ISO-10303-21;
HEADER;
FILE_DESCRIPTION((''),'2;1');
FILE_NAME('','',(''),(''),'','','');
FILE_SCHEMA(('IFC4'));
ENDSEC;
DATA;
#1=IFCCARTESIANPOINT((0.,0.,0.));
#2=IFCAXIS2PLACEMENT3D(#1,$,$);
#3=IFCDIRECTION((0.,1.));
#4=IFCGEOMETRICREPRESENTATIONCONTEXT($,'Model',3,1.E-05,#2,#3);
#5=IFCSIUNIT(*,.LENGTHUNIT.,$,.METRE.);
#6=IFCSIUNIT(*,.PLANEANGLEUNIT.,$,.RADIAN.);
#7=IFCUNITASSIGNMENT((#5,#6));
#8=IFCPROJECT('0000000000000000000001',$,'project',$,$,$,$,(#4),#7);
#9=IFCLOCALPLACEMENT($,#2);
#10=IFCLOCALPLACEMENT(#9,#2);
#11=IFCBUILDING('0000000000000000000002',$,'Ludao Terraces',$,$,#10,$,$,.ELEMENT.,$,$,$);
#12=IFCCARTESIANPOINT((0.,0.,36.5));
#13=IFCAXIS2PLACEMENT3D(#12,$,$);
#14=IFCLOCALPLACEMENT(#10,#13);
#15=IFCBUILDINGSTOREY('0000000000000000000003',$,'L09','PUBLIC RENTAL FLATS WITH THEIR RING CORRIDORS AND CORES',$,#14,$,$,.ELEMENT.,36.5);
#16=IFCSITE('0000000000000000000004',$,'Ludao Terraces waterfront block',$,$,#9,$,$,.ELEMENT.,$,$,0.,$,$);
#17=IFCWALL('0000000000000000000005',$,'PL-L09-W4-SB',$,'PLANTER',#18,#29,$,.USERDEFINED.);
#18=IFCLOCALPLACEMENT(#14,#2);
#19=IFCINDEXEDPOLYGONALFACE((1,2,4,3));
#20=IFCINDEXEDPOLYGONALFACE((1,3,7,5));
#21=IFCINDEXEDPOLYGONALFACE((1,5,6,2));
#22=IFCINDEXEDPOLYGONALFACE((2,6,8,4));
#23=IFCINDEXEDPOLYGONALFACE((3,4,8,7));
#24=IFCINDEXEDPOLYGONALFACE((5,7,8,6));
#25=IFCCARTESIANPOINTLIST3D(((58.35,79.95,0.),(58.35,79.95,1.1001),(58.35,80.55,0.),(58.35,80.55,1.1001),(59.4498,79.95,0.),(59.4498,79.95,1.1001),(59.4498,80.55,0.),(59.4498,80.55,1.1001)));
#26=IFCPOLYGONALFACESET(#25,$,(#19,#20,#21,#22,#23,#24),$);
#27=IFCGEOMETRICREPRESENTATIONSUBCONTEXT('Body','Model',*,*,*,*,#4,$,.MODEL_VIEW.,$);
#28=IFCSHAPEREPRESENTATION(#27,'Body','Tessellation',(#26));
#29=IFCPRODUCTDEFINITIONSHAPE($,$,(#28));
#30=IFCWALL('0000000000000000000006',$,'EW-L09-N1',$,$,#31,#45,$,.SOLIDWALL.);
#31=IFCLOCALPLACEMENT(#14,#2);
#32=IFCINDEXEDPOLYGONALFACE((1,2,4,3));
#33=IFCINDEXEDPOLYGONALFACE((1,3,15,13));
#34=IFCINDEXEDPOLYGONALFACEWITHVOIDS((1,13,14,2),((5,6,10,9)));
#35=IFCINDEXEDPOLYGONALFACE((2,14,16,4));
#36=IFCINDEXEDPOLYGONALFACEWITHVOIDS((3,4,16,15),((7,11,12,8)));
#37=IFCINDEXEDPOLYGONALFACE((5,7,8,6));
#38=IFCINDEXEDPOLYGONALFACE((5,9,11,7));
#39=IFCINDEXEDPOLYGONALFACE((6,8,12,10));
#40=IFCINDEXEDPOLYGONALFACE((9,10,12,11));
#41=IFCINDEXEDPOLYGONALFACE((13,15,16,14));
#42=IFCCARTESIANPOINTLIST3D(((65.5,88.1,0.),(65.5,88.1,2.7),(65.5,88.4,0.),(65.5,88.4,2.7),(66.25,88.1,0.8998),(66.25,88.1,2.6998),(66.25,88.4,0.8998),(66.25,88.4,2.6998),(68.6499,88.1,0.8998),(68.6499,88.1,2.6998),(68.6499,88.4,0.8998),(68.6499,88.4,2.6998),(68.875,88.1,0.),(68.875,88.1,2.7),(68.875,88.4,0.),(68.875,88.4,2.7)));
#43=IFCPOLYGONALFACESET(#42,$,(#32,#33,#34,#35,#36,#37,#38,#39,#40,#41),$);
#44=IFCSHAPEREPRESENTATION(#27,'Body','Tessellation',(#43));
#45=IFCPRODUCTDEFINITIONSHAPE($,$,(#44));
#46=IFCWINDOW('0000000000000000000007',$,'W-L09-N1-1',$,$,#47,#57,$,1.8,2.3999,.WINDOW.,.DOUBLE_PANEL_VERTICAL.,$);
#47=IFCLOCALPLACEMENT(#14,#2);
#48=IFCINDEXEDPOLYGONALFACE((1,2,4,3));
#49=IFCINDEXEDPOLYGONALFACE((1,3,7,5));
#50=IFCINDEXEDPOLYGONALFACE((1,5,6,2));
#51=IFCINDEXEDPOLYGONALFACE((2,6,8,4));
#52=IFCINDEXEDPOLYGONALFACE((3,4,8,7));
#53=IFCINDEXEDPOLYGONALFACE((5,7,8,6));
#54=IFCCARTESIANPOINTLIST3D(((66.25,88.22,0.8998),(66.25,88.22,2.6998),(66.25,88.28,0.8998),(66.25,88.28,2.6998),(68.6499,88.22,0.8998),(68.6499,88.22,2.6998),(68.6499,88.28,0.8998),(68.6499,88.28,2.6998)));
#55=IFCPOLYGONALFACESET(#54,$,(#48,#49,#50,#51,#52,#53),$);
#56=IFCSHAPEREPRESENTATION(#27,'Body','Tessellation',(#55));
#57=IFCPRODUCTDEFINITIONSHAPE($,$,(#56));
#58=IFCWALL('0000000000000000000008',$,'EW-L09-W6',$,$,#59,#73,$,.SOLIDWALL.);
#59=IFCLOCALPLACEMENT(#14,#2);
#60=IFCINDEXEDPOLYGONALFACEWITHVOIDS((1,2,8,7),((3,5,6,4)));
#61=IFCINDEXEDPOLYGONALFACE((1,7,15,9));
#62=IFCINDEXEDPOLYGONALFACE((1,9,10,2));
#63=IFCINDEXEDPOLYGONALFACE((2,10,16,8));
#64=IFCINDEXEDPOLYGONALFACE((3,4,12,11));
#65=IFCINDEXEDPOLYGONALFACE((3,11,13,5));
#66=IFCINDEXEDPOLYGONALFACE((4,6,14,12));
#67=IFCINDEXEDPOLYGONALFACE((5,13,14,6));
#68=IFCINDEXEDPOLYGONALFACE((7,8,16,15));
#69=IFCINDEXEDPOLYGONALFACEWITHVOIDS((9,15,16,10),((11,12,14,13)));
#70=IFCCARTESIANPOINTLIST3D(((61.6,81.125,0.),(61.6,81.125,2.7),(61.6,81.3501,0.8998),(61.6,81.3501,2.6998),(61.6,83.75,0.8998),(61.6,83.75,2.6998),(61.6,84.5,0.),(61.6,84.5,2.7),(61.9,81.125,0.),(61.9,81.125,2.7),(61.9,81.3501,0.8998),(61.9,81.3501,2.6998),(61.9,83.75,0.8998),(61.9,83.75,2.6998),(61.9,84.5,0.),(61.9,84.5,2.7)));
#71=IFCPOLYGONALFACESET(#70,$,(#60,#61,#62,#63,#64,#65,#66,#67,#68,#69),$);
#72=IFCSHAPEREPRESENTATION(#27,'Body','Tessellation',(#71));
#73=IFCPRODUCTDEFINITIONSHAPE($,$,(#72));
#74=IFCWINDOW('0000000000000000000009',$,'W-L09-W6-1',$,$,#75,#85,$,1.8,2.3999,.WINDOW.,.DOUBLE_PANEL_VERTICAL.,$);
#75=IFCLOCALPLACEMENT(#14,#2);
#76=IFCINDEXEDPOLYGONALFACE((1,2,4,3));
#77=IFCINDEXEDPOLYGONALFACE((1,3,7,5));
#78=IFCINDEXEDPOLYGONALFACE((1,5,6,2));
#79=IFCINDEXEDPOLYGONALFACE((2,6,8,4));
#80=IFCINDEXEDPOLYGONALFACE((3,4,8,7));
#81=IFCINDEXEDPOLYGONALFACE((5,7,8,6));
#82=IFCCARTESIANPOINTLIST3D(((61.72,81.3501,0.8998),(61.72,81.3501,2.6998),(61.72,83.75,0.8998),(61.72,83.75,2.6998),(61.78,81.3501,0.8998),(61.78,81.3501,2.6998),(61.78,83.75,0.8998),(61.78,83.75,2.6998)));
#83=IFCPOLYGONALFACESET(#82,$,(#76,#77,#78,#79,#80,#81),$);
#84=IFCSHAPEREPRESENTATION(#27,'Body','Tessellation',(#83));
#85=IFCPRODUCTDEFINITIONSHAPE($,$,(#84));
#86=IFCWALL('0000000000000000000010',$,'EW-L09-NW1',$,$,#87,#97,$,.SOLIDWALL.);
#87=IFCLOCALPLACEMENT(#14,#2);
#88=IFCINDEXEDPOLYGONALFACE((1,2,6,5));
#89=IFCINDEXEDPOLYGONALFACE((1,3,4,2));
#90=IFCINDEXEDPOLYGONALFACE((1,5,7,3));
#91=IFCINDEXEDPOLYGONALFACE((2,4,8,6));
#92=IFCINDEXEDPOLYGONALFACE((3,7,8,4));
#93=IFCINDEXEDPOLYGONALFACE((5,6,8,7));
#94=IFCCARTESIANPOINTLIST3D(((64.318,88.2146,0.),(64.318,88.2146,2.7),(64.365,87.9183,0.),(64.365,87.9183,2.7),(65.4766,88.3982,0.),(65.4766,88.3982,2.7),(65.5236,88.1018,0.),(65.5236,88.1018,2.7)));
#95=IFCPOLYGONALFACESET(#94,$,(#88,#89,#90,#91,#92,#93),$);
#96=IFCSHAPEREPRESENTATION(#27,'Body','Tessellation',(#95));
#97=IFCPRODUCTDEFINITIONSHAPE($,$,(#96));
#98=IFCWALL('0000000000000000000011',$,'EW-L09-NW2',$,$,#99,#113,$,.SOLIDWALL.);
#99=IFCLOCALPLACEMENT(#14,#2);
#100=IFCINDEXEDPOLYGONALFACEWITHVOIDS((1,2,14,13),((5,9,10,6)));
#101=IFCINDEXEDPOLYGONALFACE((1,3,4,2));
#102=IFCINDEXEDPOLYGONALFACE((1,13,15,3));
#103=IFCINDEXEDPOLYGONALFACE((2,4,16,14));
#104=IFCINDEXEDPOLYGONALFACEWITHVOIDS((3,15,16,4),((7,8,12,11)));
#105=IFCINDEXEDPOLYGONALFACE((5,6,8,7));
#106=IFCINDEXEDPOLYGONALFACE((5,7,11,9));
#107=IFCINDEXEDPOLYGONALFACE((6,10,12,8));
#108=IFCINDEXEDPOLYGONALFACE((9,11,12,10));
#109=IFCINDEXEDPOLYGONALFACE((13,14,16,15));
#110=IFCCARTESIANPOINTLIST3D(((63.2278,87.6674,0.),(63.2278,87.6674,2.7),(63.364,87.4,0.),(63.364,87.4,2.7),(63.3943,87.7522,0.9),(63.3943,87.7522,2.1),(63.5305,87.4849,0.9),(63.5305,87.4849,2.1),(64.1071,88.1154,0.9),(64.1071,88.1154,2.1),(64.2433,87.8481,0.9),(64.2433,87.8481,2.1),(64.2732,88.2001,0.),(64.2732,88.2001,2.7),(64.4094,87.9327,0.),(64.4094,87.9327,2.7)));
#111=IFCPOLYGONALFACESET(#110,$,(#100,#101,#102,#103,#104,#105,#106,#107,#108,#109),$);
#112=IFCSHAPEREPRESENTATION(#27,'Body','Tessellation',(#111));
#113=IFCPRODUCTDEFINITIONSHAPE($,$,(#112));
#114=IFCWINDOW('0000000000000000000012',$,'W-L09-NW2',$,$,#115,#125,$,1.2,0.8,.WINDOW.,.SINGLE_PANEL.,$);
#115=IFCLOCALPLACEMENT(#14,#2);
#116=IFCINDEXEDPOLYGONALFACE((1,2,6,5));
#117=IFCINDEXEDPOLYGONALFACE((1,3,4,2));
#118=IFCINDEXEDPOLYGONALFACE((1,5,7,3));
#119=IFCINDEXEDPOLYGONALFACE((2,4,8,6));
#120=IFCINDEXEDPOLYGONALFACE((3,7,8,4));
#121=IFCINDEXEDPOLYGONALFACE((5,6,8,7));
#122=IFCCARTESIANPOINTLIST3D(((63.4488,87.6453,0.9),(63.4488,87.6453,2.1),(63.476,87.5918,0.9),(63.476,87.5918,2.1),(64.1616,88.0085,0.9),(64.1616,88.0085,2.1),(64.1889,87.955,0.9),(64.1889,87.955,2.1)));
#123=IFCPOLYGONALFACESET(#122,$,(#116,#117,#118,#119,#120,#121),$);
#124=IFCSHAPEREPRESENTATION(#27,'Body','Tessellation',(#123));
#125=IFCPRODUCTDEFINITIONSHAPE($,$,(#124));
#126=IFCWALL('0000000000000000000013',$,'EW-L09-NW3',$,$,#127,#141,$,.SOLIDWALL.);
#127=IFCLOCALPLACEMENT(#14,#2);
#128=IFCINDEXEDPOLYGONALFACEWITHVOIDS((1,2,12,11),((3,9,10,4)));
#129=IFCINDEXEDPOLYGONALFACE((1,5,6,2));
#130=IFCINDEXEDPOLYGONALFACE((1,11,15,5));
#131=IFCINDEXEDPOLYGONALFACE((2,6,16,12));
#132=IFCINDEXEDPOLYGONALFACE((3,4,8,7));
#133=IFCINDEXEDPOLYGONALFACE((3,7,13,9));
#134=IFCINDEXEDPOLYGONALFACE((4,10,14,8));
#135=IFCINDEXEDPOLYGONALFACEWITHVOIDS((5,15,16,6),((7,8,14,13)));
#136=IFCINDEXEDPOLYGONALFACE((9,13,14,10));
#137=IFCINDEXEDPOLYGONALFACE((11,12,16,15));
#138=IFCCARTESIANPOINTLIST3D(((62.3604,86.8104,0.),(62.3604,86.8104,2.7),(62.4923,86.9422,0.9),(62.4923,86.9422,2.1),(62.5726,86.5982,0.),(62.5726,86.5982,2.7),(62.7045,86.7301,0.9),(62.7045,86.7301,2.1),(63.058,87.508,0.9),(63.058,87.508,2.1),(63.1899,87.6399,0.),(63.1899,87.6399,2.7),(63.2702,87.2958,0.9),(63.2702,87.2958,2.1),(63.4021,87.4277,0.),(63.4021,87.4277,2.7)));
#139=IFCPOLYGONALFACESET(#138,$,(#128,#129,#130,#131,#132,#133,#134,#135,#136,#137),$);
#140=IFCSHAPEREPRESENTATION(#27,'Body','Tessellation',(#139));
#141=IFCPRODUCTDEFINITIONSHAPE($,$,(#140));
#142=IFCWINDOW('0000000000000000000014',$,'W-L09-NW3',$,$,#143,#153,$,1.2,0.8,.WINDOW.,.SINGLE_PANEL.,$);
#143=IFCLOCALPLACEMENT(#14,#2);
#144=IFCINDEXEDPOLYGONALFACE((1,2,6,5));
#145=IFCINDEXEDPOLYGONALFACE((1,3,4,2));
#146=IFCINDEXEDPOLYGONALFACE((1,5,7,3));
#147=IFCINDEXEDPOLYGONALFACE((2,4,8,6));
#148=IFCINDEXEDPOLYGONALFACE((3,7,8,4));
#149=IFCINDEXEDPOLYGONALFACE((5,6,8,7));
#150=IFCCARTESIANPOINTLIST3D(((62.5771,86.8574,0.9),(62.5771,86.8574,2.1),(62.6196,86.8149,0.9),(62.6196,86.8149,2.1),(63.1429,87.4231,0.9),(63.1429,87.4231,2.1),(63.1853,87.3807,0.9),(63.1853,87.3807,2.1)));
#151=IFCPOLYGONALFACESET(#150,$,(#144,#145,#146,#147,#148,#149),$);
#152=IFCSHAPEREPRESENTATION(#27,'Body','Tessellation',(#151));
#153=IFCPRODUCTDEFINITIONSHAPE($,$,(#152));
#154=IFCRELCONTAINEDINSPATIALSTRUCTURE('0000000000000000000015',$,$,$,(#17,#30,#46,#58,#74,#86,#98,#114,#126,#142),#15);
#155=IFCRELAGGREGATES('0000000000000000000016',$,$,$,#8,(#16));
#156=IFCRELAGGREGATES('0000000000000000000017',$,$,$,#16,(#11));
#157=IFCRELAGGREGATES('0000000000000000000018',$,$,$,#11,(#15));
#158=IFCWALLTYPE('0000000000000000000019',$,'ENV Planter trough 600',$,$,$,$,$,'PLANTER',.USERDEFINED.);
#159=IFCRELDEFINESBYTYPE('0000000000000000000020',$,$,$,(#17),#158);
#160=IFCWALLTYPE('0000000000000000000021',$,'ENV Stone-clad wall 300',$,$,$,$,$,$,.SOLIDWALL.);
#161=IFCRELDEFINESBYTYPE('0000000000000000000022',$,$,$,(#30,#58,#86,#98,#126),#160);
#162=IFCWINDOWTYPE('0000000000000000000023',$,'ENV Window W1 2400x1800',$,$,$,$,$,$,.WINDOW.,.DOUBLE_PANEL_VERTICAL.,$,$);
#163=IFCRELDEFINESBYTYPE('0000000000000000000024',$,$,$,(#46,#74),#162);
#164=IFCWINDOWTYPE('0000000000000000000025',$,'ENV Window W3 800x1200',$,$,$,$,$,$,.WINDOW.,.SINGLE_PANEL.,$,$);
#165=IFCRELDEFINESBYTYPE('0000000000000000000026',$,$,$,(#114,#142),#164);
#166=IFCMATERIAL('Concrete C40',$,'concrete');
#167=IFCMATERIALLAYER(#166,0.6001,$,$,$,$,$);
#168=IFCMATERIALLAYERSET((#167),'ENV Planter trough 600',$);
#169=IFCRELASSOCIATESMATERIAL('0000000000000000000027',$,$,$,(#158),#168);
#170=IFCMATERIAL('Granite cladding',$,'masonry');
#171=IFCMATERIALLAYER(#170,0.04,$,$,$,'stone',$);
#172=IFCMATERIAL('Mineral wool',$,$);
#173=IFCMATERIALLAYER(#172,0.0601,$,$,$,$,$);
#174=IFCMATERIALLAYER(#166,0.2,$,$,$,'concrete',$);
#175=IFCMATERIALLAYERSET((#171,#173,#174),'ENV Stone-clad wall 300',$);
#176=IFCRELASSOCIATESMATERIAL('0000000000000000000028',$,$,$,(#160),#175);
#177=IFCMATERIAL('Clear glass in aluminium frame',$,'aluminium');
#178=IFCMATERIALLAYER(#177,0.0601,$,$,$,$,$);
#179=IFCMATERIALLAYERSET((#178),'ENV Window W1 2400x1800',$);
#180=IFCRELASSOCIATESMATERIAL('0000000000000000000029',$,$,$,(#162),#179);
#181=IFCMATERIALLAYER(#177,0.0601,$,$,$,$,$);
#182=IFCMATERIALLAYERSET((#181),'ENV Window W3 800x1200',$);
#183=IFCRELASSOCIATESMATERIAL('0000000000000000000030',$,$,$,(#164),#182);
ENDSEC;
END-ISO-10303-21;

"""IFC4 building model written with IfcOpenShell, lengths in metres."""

from ifc_helpers import new_model, si_unit, direction, frame, frame_2d, origin, place, context, subcontext, project, spatial, rectangle, extrude, material, layer, layer_set, type_object, element, fill, save


model = new_model("IFC4")

# Units and contexts
model_context = context("Model", 3, precision=1e-05, world=origin(), true_north=direction((0.0, 1.0)))
body_context = subcontext(model_context, "Body", "Model", "MODEL_VIEW")
ifc_project = project(units=[si_unit("LENGTHUNIT", "METRE"), si_unit("PLANEANGLEUNIT", "RADIAN")], contexts=[model_context])

# Site, building, storey
site_placement = place(None, origin())
site = spatial("IfcSite", under=ifc_project, at=site_placement, Name="Ludao Terraces waterfront block", CompositionType="ELEMENT", RefElevation=0.0)
building_placement = place(site_placement, origin())
building = spatial("IfcBuilding", under=site, at=building_placement, Name="Ludao Terraces", CompositionType="ELEMENT")
storey_placement = place(building_placement, frame((0.0, 0.0, 36.5)))
storey = spatial("IfcBuildingStorey", under=building, at=storey_placement, Name="L09", Description="PUBLIC RENTAL FLATS WITH THEIR RING CORRIDORS AND CORES", CompositionType="ELEMENT", Elevation=36.5)

# Shared definitions
ifc_material_1 = material(Name="Concrete C40", Category="concrete")

# Wall
ifc_layer_1 = layer(ifc_material_1, 0.6001)
ifc_layer_set_1 = layer_set([ifc_layer_1], Name="ENV Planter trough 600")
wall_type_1 = type_object("IfcWallType", Name="ENV Planter trough 600", ElementType="PLANTER", PredefinedType="USERDEFINED", material=ifc_layer_set_1)
wall_1_placement = place(storey_placement, frame((58.3501, 80.25, 0.0), z_axis=(0.0, 0.0, 1.0), x_axis=(1.0, 0.0, 0.0)))
element("IfcWall", 1, at=wall_1_placement, inside=storey, type_object=wall_type_1, Name="PL-L09-W4-SB", ObjectType="PLANTER", PredefinedType="USERDEFINED", context=body_context, shape_type="SweptSolid", body=[
    extrude(rectangle(XDim=1.0999, YDim=0.6001, at=frame_2d((0.5498, 0.0))), origin(), (0.0, 0.0, 1.0), 1.1001),
])

# Walls, openings, windows
ifc_material_2 = material(Name="Granite cladding", Category="masonry")
ifc_layer_2 = layer(ifc_material_2, 0.04, Category="stone")
ifc_material_3 = material(Name="Mineral wool")
ifc_layer_3 = layer(ifc_material_3, 0.0601)
ifc_layer_4 = layer(ifc_material_1, 0.2, Category="concrete")
ifc_layer_set_2 = layer_set([ifc_layer_2, ifc_layer_3, ifc_layer_4], Name="ENV Stone-clad wall 300")
wall_type_2 = type_object("IfcWallType", Name="ENV Stone-clad wall 300", PredefinedType="SOLIDWALL", material=ifc_layer_set_2)
wall_2_placement = place(storey_placement, frame((65.5, 88.25, 0.0), z_axis=(0.0, 0.0, 1.0), x_axis=(1.0, 0.0, 0.0)))
wall_2 = element("IfcWall", 2, at=wall_2_placement, inside=storey, type_object=wall_type_2, Name="EW-L09-N1", PredefinedType="SOLIDWALL", context=body_context, shape_type="SweptSolid", body=[
    extrude(rectangle(XDim=3.375, YDim=0.3, at=frame_2d((1.6875, 0.0))), origin(), (0.0, 0.0, 1.0), 2.7),
])
opening_1_placement = place(wall_2_placement, frame((0.75, 0.0, 0.8999)))
opening_1 = element("IfcOpeningElement", 3, at=opening_1_placement, cuts=wall_2, PredefinedType="OPENING", context=body_context, shape_type="SweptSolid", body=[
    extrude(rectangle(XDim=2.3999, YDim=1.8, at=frame_2d((1.2, 0.8999))), frame((0.0, 0.1602, 0.0), z_axis=(0.0, -1.0, 0.0), x_axis=(1.0, 0.0, 0.0)), (0.0, 0.0, 1.0), 0.3201),
])
ifc_material_4 = material(Name="Clear glass in aluminium frame", Category="aluminium")
ifc_layer_5 = layer(ifc_material_4, 0.0601)
ifc_layer_set_3 = layer_set([ifc_layer_5], Name="ENV Window W1 2400x1800")
window_type_1 = type_object("IfcWindowType", Name="ENV Window W1 2400x1800", PartitioningType="DOUBLE_PANEL_VERTICAL", PredefinedType="WINDOW", material=ifc_layer_set_3)
window_1_placement = place(opening_1_placement, origin())
window_1 = element("IfcWindow", 4, at=window_1_placement, inside=storey, type_object=window_type_1, Name="W-L09-N1-1", OverallHeight=1.8, OverallWidth=2.3999, PartitioningType="DOUBLE_PANEL_VERTICAL", PredefinedType="WINDOW", context=body_context, shape_type="SweptSolid", body=[
    extrude(rectangle(XDim=2.3999, YDim=1.8, at=frame_2d((1.2, 0.8999))), frame((0.0, 0.03, 0.0), z_axis=(0.0, -1.0, 0.0), x_axis=(1.0, 0.0, 0.0)), (0.0, 0.0, 1.0), 0.0601),
])
fill(opening_1, window_1)
wall_3_placement = place(storey_placement, frame((61.75, 81.125, 0.0), z_axis=(0.0, 0.0, 1.0), x_axis=(0.0, 1.0, 0.0)))
wall_3 = element("IfcWall", 5, at=wall_3_placement, inside=storey, type_object=wall_type_2, Name="EW-L09-W6", PredefinedType="SOLIDWALL", context=body_context, shape_type="SweptSolid", body=[
    extrude(rectangle(XDim=3.375, YDim=0.3, at=frame_2d((1.6875, 0.0))), origin(), (0.0, 0.0, 1.0), 2.7),
])
opening_2_placement = place(wall_3_placement, frame((0.2251, 0.0, 0.8999)))
opening_2 = element("IfcOpeningElement", 6, at=opening_2_placement, cuts=wall_3, PredefinedType="OPENING", context=body_context, shape_type="SweptSolid", body=[
    extrude(rectangle(XDim=2.3999, YDim=1.8, at=frame_2d((1.2, 0.8999))), frame((0.0, 0.1602, 0.0), z_axis=(0.0, -1.0, 0.0), x_axis=(1.0, 0.0, 0.0)), (0.0, 0.0, 1.0), 0.3201),
])
window_2_placement = place(opening_2_placement, origin())
window_2 = element("IfcWindow", 7, at=window_2_placement, inside=storey, type_object=window_type_1, Name="W-L09-W6-1", OverallHeight=1.8, OverallWidth=2.3999, PartitioningType="DOUBLE_PANEL_VERTICAL", PredefinedType="WINDOW", context=body_context, shape_type="SweptSolid", body=[
    extrude(rectangle(XDim=2.3999, YDim=1.8, at=frame_2d((1.2, 0.8999))), frame((0.0, 0.03, 0.0), z_axis=(0.0, -1.0, 0.0), x_axis=(1.0, 0.0, 0.0)), (0.0, 0.0, 1.0), 0.0601),
])
fill(opening_2, window_2)

# Wall
wall_4_placement = place(storey_placement, frame((65.5, 88.25, 0.0), z_axis=(0.0, 0.0, 1.0), x_axis=(-0.987678, -0.156497, 0.0)))
element("IfcWall", 8, at=wall_4_placement, inside=storey, type_object=wall_type_2, Name="EW-L09-NW1", PredefinedType="SOLIDWALL", context=body_context, shape_type="SweptSolid", body=[
    extrude(rectangle(XDim=1.1731, YDim=0.3, at=frame_2d((0.5864, 0.0))), origin(), (0.0, 0.0, 1.0), 2.7),
])

# Walls, openings, windows
wall_5_placement = place(storey_placement, frame((64.3413, 88.0664, 0.0), z_axis=(0.0, 0.0, 1.0), x_axis=(-0.890989, -0.454026, 0.0)))
wall_5 = element("IfcWall", 9, at=wall_5_placement, inside=storey, type_object=wall_type_2, Name="EW-L09-NW2", PredefinedType="SOLIDWALL", context=body_context, shape_type="SweptSolid", body=[
    extrude(rectangle(XDim=1.1733, YDim=0.3, at=frame_2d((0.5867, 0.0))), origin(), (0.0, 0.0, 1.0), 2.7),
])
opening_3_placement = place(wall_5_placement, frame((0.1865, 0.0, 0.8999)))
opening_3 = element("IfcOpeningElement", 10, at=opening_3_placement, cuts=wall_5, PredefinedType="OPENING", context=body_context, shape_type="SweptSolid", body=[
    extrude(rectangle(XDim=0.8, YDim=1.2, at=frame_2d((0.3999, 0.6001))), frame((0.0, 0.1602, 0.0), z_axis=(0.0, -1.0, 0.0), x_axis=(1.0, 0.0, 0.0)), (0.0, 0.0, 1.0), 0.3201),
])
ifc_layer_6 = layer(ifc_material_4, 0.0601)
ifc_layer_set_4 = layer_set([ifc_layer_6], Name="ENV Window W3 800x1200")
window_type_2 = type_object("IfcWindowType", Name="ENV Window W3 800x1200", PartitioningType="SINGLE_PANEL", PredefinedType="WINDOW", material=ifc_layer_set_4)
window_3_placement = place(opening_3_placement, origin())
window_3 = element("IfcWindow", 11, at=window_3_placement, inside=storey, type_object=window_type_2, Name="W-L09-NW2", OverallHeight=1.2, OverallWidth=0.8, PartitioningType="SINGLE_PANEL", PredefinedType="WINDOW", context=body_context, shape_type="SweptSolid", body=[
    extrude(rectangle(XDim=0.8, YDim=1.2, at=frame_2d((0.3999, 0.6001))), frame((0.0, 0.03, 0.0), z_axis=(0.0, -1.0, 0.0), x_axis=(1.0, 0.0, 0.0)), (0.0, 0.0, 1.0), 0.0601),
])
fill(opening_3, window_3)
wall_6_placement = place(storey_placement, frame((63.2959, 87.5337, 0.0), z_axis=(0.0, 0.0, 1.0), x_axis=(-0.707107, -0.707107, 0.0)))
wall_6 = element("IfcWall", 12, at=wall_6_placement, inside=storey, type_object=wall_type_2, Name="EW-L09-NW3", PredefinedType="SOLIDWALL", context=body_context, shape_type="SweptSolid", body=[
    extrude(rectangle(XDim=1.1731, YDim=0.3, at=frame_2d((0.5864, 0.0))), origin(), (0.0, 0.0, 1.0), 2.7),
])
opening_4_placement = place(wall_6_placement, frame((0.1865, 0.0, 0.8999)))
opening_4 = element("IfcOpeningElement", 13, at=opening_4_placement, cuts=wall_6, PredefinedType="OPENING", context=body_context, shape_type="SweptSolid", body=[
    extrude(rectangle(XDim=0.8, YDim=1.2, at=frame_2d((0.3999, 0.6001))), frame((0.0, 0.1602, 0.0), z_axis=(0.0, -1.0, 0.0), x_axis=(1.0, 0.0, 0.0)), (0.0, 0.0, 1.0), 0.3201),
])
window_4_placement = place(opening_4_placement, origin())
window_4 = element("IfcWindow", 14, at=window_4_placement, inside=storey, type_object=window_type_2, Name="W-L09-NW3", OverallHeight=1.2, OverallWidth=0.8, PartitioningType="SINGLE_PANEL", PredefinedType="WINDOW", context=body_context, shape_type="SweptSolid", body=[
    extrude(rectangle(XDim=0.8, YDim=1.2, at=frame_2d((0.3999, 0.6001))), frame((0.0, 0.03, 0.0), z_axis=(0.0, -1.0, 0.0), x_axis=(1.0, 0.0, 0.0)), (0.0, 0.0, 1.0), 0.0601),
])
fill(opening_4, window_4)

save(model, "model.ifc")
